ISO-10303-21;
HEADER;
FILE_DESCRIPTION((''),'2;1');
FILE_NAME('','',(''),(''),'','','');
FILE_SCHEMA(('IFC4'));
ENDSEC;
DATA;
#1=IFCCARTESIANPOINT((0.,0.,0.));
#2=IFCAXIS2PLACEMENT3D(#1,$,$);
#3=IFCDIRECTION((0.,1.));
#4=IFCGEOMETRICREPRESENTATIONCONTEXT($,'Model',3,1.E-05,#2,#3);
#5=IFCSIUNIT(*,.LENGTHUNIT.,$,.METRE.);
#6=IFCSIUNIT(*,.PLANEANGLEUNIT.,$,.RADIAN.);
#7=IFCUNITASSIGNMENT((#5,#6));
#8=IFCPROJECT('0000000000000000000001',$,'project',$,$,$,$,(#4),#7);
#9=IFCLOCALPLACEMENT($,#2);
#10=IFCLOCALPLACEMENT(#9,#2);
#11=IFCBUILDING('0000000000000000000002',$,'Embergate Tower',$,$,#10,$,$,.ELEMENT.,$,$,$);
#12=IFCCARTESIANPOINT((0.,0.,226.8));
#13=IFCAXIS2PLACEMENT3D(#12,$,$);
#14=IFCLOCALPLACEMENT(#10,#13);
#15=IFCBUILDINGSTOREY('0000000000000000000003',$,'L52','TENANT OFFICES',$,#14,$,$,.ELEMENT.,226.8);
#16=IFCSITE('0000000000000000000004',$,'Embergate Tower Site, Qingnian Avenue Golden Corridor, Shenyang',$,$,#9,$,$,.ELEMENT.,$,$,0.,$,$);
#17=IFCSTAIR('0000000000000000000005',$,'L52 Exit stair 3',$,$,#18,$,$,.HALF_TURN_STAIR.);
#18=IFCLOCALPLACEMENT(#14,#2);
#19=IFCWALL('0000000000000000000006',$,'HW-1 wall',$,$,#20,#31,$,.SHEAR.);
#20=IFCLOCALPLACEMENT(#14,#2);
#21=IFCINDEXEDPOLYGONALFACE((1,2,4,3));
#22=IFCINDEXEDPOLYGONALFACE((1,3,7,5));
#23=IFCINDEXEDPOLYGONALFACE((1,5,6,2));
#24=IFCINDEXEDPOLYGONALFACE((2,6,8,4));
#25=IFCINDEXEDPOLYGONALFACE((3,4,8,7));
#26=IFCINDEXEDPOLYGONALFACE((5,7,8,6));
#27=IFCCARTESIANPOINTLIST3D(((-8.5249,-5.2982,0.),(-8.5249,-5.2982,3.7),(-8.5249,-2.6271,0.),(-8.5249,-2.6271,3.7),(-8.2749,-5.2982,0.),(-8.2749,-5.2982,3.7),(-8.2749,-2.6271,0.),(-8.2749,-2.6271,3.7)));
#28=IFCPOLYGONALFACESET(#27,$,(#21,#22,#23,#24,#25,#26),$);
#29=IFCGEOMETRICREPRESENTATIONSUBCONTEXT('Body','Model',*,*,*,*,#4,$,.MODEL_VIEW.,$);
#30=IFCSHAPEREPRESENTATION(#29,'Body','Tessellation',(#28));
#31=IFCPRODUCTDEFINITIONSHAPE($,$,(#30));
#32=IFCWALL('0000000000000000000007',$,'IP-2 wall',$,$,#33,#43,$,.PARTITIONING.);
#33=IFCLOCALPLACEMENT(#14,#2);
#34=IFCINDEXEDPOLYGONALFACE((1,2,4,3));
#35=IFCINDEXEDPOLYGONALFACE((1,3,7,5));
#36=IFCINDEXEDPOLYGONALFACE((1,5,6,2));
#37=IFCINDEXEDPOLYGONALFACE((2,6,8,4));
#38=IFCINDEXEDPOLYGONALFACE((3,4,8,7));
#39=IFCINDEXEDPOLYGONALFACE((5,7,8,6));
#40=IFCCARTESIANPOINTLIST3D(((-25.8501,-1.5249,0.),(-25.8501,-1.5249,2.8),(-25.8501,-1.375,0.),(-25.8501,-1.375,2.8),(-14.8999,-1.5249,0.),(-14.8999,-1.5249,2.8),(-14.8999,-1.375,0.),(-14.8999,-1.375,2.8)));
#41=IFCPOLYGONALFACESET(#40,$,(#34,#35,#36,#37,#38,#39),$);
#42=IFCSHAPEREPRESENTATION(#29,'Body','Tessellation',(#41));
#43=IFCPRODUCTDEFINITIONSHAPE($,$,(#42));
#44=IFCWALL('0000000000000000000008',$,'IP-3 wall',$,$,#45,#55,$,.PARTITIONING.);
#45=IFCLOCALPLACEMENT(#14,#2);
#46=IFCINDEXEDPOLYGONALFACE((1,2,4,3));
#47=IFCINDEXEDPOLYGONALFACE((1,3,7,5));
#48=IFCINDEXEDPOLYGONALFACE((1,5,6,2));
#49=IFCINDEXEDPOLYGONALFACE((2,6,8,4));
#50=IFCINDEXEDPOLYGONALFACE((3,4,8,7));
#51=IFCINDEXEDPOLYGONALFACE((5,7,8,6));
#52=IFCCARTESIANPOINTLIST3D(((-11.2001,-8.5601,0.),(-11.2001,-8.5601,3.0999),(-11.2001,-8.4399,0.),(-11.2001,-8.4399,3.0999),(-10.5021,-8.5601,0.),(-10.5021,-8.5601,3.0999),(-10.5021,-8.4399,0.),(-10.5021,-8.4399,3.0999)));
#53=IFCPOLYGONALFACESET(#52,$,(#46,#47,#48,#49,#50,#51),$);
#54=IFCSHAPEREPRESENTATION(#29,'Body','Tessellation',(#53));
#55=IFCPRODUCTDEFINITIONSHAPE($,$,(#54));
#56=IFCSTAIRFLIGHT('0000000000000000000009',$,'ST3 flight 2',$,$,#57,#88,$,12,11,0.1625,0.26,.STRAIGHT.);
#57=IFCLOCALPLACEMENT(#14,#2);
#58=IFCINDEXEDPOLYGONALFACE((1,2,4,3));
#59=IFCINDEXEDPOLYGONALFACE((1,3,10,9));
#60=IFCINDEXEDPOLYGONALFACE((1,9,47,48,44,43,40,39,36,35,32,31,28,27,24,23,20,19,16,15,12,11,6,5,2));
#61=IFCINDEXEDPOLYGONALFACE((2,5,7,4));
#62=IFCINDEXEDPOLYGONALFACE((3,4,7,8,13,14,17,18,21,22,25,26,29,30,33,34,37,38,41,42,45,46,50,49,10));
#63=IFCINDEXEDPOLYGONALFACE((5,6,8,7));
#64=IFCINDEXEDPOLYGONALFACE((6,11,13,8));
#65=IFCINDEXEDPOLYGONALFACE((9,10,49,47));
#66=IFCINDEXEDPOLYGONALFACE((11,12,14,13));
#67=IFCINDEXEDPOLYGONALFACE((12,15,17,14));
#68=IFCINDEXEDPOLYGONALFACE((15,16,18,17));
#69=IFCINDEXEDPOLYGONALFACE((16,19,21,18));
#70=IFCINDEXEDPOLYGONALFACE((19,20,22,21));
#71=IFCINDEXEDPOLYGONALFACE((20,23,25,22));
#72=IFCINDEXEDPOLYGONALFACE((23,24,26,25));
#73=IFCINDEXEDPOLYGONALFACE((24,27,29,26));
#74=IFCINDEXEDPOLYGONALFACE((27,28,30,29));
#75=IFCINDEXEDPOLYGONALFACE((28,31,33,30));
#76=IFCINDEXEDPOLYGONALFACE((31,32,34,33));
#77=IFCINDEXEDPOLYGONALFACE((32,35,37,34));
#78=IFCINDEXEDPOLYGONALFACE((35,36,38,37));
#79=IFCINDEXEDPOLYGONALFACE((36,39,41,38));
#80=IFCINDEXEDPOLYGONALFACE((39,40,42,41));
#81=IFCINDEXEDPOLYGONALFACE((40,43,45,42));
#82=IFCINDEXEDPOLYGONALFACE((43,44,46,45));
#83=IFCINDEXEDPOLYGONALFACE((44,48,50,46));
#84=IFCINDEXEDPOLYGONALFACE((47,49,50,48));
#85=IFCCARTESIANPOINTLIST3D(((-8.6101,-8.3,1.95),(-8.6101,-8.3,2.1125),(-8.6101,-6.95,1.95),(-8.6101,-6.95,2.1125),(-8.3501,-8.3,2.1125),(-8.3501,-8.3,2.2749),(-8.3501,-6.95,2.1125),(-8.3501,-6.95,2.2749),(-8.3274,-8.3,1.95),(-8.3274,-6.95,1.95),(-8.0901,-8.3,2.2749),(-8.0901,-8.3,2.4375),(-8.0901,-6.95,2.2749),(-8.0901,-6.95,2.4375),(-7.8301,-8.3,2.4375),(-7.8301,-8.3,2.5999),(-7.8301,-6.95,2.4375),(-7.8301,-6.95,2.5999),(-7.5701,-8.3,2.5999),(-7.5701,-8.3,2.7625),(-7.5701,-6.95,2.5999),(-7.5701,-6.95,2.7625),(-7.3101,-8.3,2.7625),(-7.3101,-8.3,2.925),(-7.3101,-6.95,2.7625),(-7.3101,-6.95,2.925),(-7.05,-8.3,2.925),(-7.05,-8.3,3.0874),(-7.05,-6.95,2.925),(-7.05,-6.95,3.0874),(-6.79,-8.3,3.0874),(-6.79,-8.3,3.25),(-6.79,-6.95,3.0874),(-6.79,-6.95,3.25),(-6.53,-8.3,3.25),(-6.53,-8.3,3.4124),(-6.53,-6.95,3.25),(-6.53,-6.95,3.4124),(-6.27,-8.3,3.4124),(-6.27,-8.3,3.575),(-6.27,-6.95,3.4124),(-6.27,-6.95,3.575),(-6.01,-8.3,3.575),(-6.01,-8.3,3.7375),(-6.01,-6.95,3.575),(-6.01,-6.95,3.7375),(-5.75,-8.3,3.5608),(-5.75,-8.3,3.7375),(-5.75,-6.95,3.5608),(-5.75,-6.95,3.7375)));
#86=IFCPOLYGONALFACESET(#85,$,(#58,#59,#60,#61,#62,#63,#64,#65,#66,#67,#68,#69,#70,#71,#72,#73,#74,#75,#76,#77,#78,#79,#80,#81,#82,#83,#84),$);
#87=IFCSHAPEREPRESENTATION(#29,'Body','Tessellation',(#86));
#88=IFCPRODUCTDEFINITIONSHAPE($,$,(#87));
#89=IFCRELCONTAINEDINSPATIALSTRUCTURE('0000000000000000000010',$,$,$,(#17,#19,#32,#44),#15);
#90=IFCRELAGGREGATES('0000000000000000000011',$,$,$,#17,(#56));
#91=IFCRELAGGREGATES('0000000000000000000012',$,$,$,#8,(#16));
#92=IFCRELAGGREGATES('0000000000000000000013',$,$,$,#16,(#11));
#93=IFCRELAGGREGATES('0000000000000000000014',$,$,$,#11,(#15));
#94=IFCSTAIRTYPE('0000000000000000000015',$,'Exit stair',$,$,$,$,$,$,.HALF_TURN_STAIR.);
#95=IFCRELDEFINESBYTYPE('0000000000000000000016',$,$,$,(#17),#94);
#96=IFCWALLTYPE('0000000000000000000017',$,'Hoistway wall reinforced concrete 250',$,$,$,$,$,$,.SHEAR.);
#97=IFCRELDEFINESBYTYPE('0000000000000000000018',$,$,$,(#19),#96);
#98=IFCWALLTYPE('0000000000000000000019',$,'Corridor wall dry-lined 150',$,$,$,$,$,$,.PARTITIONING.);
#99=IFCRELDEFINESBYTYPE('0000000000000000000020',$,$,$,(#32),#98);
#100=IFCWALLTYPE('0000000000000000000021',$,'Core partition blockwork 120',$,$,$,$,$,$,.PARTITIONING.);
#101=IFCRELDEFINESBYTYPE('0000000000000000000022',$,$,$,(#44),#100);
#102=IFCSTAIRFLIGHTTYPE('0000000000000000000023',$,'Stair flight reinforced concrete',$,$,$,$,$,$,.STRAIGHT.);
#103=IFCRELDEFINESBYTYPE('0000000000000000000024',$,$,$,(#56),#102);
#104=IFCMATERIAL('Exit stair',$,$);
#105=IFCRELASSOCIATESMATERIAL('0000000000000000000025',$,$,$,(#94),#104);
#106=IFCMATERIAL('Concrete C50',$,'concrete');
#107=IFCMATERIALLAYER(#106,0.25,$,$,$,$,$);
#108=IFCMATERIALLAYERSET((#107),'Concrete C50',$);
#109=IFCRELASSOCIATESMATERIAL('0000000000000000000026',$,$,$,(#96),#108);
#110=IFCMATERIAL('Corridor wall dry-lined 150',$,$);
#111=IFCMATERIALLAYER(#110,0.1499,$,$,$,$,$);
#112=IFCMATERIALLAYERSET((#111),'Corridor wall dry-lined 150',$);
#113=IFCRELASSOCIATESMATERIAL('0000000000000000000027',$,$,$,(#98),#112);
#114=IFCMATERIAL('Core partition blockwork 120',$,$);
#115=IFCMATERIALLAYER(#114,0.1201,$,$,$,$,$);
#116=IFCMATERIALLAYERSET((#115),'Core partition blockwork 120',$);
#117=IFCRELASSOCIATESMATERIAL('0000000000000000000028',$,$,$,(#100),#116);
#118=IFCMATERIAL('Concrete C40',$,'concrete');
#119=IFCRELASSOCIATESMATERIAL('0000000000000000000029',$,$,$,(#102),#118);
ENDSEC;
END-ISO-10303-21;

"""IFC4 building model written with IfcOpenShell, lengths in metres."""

from ifc_helpers import new_model, si_unit, direction, frame, frame_2d, origin, place, context, subcontext, project, spatial, polyline, rectangle, outline, extrude, source, transform, mapped, material, layer, layer_set, type_object, element, aggregate, save


model = new_model("IFC4")

# Units and contexts
model_context = context("Model", 3, precision=1e-05, world=origin(), true_north=direction((0.0, 1.0)))
body_context = subcontext(model_context, "Body", "Model", "MODEL_VIEW")
ifc_project = project(units=[si_unit("LENGTHUNIT", "METRE"), si_unit("PLANEANGLEUNIT", "RADIAN")], contexts=[model_context])

# Site, building, storey
site_placement = place(None, origin())
site = spatial("IfcSite", under=ifc_project, at=site_placement, Name="Embergate Tower Site, Qingnian Avenue Golden Corridor, Shenyang", CompositionType="ELEMENT", RefElevation=0.0)
building_placement = place(site_placement, origin())
building = spatial("IfcBuilding", under=site, at=building_placement, Name="Embergate Tower", CompositionType="ELEMENT")
storey_placement = place(building_placement, frame((0.0, 0.0, 226.8)))
storey = spatial("IfcBuildingStorey", under=building, at=storey_placement, Name="L52", Description="TENANT OFFICES", CompositionType="ELEMENT", Elevation=226.8)

# Stair
ifc_material_1 = material(Name="Exit stair")
stair_type = type_object("IfcStairType", Name="Exit stair", PredefinedType="HALF_TURN_STAIR", material=ifc_material_1)
stair_placement = place(storey_placement, origin())
stair = element("IfcStair", 1, at=stair_placement, inside=storey, type_object=stair_type, Name="L52 Exit stair 3", PredefinedType="HALF_TURN_STAIR")
ifc_material_2 = material(Name="Concrete C40", Category="concrete")

# Shared definitions
ifc_material_3 = material(Name="Concrete C50", Category="concrete")

# Shared definitions
ifc_layer_1 = layer(ifc_material_3, 0.25)
ifc_layer_set_1 = layer_set([ifc_layer_1], Name="Concrete C50")
wall_type_1 = type_object("IfcWallType", Name="Hoistway wall reinforced concrete 250", PredefinedType="SHEAR", material=ifc_layer_set_1)

# Walls
shared_shape_1 = source(origin(), body_context, "Body", "SweptSolid", [
    extrude(rectangle(XDim=2.6711, YDim=0.25, at=frame_2d((1.3354, 0.0))), origin(), (0.0, 0.0, 1.0), 3.7),
])
wall_1_placement = place(storey_placement, frame((-8.3999, -5.2981, 0.0), z_axis=(0.0, 0.0, 1.0), x_axis=(0.0, 1.0, 0.0)))
element("IfcWall", 2, at=wall_1_placement, inside=storey, type_object=wall_type_1, Name="HW-1 wall", PredefinedType="SHEAR", context=body_context, shape_type="MappedRepresentation", body=[
    mapped(shared_shape_1, transform((0.0, 0.0, 0.0))),
])
ifc_material_4 = material(Name="Corridor wall dry-lined 150")
ifc_layer_2 = layer(ifc_material_4, 0.1499)
ifc_layer_set_2 = layer_set([ifc_layer_2], Name="Corridor wall dry-lined 150")
wall_type_2 = type_object("IfcWallType", Name="Corridor wall dry-lined 150", PredefinedType="PARTITIONING", material=ifc_layer_set_2)
shared_shape_2 = source(origin(), body_context, "Body", "SweptSolid", [
    extrude(rectangle(XDim=10.9502, YDim=0.1499, at=frame_2d((5.4751, 0.0))), origin(), (0.0, 0.0, 1.0), 2.8),
])
wall_2_placement = place(storey_placement, frame((-14.8999, -1.45, 0.0), z_axis=(0.0, 0.0, 1.0), x_axis=(-1.0, 0.0, 0.0)))
element("IfcWall", 3, at=wall_2_placement, inside=storey, type_object=wall_type_2, Name="IP-2 wall", PredefinedType="PARTITIONING", context=body_context, shape_type="MappedRepresentation", body=[
    mapped(shared_shape_2, transform((0.0, 0.0, 0.0))),
])
ifc_material_5 = material(Name="Core partition blockwork 120")
ifc_layer_3 = layer(ifc_material_5, 0.1201)
ifc_layer_set_3 = layer_set([ifc_layer_3], Name="Core partition blockwork 120")
wall_type_3 = type_object("IfcWallType", Name="Core partition blockwork 120", PredefinedType="PARTITIONING", material=ifc_layer_set_3)
shared_shape_3 = source(origin(), body_context, "Body", "SweptSolid", [
    extrude(rectangle(XDim=0.698, YDim=0.1201, at=frame_2d((0.3491, 0.0))), origin(), (0.0, 0.0, 1.0), 3.0999),
])
wall_3_placement = place(storey_placement, frame((-10.502, -8.5, 0.0), z_axis=(0.0, 0.0, 1.0), x_axis=(-1.0, 0.0, 0.0)))
element("IfcWall", 4, at=wall_3_placement, inside=storey, type_object=wall_type_3, Name="IP-3 wall", PredefinedType="PARTITIONING", context=body_context, shape_type="MappedRepresentation", body=[
    mapped(shared_shape_3, transform((0.0, 0.0, 0.0))),
])

# Stair flight
stair_flight_type = type_object("IfcStairFlightType", Name="Stair flight reinforced concrete", PredefinedType="STRAIGHT", material=ifc_material_2)
shared_shape_4 = source(origin(), body_context, "Body", "SweptSolid", [
    extrude(outline(polyline([(0.0, 0.0), (0.0, 0.1626), (0.26, 0.1626), (0.26, 0.325), (0.52, 0.325), (0.52, 0.4875), (0.78, 0.4875), (0.78, 0.6499), (1.04, 0.6499), (1.04, 0.8125), (1.3, 0.8125), (1.3, 0.9751), (1.5601, 0.9751), (1.5601, 1.1375), (1.8201, 1.1375), (1.8201, 1.3), (2.0801, 1.3), (2.0801, 1.4624), (2.3401, 1.4624), (2.3401, 1.625), (2.6001, 1.625), (2.6001, 1.7876), (2.8601, 1.7876), (2.8601, 1.95), (2.8601, 1.6108), (0.2827, 0.0), (0.0, 0.0)])), frame((0.0, 0.675, 0.0), z_axis=(0.0, -1.0, 0.0), x_axis=(1.0, 0.0, 0.0)), (0.0, 0.0, 1.0), 1.3501),
])
stair_flight_placement = place(storey_placement, frame((-8.6101, -7.625, 1.95), z_axis=(0.0, 0.0, 1.0), x_axis=(1.0, 0.0, 0.0)))
stair_flight = element("IfcStairFlight", 5, at=stair_flight_placement, type_object=stair_flight_type, Name="ST3 flight 2", NumberOfRisers=12, NumberOfTreads=11, PredefinedType="STRAIGHT", RiserHeight=0.1625, TreadLength=0.26, context=body_context, shape_type="MappedRepresentation", body=[
    mapped(shared_shape_4, transform((0.0, 0.0, 0.0))),
])
aggregate(stair, [stair_flight])

save(model, "model.ifc")
